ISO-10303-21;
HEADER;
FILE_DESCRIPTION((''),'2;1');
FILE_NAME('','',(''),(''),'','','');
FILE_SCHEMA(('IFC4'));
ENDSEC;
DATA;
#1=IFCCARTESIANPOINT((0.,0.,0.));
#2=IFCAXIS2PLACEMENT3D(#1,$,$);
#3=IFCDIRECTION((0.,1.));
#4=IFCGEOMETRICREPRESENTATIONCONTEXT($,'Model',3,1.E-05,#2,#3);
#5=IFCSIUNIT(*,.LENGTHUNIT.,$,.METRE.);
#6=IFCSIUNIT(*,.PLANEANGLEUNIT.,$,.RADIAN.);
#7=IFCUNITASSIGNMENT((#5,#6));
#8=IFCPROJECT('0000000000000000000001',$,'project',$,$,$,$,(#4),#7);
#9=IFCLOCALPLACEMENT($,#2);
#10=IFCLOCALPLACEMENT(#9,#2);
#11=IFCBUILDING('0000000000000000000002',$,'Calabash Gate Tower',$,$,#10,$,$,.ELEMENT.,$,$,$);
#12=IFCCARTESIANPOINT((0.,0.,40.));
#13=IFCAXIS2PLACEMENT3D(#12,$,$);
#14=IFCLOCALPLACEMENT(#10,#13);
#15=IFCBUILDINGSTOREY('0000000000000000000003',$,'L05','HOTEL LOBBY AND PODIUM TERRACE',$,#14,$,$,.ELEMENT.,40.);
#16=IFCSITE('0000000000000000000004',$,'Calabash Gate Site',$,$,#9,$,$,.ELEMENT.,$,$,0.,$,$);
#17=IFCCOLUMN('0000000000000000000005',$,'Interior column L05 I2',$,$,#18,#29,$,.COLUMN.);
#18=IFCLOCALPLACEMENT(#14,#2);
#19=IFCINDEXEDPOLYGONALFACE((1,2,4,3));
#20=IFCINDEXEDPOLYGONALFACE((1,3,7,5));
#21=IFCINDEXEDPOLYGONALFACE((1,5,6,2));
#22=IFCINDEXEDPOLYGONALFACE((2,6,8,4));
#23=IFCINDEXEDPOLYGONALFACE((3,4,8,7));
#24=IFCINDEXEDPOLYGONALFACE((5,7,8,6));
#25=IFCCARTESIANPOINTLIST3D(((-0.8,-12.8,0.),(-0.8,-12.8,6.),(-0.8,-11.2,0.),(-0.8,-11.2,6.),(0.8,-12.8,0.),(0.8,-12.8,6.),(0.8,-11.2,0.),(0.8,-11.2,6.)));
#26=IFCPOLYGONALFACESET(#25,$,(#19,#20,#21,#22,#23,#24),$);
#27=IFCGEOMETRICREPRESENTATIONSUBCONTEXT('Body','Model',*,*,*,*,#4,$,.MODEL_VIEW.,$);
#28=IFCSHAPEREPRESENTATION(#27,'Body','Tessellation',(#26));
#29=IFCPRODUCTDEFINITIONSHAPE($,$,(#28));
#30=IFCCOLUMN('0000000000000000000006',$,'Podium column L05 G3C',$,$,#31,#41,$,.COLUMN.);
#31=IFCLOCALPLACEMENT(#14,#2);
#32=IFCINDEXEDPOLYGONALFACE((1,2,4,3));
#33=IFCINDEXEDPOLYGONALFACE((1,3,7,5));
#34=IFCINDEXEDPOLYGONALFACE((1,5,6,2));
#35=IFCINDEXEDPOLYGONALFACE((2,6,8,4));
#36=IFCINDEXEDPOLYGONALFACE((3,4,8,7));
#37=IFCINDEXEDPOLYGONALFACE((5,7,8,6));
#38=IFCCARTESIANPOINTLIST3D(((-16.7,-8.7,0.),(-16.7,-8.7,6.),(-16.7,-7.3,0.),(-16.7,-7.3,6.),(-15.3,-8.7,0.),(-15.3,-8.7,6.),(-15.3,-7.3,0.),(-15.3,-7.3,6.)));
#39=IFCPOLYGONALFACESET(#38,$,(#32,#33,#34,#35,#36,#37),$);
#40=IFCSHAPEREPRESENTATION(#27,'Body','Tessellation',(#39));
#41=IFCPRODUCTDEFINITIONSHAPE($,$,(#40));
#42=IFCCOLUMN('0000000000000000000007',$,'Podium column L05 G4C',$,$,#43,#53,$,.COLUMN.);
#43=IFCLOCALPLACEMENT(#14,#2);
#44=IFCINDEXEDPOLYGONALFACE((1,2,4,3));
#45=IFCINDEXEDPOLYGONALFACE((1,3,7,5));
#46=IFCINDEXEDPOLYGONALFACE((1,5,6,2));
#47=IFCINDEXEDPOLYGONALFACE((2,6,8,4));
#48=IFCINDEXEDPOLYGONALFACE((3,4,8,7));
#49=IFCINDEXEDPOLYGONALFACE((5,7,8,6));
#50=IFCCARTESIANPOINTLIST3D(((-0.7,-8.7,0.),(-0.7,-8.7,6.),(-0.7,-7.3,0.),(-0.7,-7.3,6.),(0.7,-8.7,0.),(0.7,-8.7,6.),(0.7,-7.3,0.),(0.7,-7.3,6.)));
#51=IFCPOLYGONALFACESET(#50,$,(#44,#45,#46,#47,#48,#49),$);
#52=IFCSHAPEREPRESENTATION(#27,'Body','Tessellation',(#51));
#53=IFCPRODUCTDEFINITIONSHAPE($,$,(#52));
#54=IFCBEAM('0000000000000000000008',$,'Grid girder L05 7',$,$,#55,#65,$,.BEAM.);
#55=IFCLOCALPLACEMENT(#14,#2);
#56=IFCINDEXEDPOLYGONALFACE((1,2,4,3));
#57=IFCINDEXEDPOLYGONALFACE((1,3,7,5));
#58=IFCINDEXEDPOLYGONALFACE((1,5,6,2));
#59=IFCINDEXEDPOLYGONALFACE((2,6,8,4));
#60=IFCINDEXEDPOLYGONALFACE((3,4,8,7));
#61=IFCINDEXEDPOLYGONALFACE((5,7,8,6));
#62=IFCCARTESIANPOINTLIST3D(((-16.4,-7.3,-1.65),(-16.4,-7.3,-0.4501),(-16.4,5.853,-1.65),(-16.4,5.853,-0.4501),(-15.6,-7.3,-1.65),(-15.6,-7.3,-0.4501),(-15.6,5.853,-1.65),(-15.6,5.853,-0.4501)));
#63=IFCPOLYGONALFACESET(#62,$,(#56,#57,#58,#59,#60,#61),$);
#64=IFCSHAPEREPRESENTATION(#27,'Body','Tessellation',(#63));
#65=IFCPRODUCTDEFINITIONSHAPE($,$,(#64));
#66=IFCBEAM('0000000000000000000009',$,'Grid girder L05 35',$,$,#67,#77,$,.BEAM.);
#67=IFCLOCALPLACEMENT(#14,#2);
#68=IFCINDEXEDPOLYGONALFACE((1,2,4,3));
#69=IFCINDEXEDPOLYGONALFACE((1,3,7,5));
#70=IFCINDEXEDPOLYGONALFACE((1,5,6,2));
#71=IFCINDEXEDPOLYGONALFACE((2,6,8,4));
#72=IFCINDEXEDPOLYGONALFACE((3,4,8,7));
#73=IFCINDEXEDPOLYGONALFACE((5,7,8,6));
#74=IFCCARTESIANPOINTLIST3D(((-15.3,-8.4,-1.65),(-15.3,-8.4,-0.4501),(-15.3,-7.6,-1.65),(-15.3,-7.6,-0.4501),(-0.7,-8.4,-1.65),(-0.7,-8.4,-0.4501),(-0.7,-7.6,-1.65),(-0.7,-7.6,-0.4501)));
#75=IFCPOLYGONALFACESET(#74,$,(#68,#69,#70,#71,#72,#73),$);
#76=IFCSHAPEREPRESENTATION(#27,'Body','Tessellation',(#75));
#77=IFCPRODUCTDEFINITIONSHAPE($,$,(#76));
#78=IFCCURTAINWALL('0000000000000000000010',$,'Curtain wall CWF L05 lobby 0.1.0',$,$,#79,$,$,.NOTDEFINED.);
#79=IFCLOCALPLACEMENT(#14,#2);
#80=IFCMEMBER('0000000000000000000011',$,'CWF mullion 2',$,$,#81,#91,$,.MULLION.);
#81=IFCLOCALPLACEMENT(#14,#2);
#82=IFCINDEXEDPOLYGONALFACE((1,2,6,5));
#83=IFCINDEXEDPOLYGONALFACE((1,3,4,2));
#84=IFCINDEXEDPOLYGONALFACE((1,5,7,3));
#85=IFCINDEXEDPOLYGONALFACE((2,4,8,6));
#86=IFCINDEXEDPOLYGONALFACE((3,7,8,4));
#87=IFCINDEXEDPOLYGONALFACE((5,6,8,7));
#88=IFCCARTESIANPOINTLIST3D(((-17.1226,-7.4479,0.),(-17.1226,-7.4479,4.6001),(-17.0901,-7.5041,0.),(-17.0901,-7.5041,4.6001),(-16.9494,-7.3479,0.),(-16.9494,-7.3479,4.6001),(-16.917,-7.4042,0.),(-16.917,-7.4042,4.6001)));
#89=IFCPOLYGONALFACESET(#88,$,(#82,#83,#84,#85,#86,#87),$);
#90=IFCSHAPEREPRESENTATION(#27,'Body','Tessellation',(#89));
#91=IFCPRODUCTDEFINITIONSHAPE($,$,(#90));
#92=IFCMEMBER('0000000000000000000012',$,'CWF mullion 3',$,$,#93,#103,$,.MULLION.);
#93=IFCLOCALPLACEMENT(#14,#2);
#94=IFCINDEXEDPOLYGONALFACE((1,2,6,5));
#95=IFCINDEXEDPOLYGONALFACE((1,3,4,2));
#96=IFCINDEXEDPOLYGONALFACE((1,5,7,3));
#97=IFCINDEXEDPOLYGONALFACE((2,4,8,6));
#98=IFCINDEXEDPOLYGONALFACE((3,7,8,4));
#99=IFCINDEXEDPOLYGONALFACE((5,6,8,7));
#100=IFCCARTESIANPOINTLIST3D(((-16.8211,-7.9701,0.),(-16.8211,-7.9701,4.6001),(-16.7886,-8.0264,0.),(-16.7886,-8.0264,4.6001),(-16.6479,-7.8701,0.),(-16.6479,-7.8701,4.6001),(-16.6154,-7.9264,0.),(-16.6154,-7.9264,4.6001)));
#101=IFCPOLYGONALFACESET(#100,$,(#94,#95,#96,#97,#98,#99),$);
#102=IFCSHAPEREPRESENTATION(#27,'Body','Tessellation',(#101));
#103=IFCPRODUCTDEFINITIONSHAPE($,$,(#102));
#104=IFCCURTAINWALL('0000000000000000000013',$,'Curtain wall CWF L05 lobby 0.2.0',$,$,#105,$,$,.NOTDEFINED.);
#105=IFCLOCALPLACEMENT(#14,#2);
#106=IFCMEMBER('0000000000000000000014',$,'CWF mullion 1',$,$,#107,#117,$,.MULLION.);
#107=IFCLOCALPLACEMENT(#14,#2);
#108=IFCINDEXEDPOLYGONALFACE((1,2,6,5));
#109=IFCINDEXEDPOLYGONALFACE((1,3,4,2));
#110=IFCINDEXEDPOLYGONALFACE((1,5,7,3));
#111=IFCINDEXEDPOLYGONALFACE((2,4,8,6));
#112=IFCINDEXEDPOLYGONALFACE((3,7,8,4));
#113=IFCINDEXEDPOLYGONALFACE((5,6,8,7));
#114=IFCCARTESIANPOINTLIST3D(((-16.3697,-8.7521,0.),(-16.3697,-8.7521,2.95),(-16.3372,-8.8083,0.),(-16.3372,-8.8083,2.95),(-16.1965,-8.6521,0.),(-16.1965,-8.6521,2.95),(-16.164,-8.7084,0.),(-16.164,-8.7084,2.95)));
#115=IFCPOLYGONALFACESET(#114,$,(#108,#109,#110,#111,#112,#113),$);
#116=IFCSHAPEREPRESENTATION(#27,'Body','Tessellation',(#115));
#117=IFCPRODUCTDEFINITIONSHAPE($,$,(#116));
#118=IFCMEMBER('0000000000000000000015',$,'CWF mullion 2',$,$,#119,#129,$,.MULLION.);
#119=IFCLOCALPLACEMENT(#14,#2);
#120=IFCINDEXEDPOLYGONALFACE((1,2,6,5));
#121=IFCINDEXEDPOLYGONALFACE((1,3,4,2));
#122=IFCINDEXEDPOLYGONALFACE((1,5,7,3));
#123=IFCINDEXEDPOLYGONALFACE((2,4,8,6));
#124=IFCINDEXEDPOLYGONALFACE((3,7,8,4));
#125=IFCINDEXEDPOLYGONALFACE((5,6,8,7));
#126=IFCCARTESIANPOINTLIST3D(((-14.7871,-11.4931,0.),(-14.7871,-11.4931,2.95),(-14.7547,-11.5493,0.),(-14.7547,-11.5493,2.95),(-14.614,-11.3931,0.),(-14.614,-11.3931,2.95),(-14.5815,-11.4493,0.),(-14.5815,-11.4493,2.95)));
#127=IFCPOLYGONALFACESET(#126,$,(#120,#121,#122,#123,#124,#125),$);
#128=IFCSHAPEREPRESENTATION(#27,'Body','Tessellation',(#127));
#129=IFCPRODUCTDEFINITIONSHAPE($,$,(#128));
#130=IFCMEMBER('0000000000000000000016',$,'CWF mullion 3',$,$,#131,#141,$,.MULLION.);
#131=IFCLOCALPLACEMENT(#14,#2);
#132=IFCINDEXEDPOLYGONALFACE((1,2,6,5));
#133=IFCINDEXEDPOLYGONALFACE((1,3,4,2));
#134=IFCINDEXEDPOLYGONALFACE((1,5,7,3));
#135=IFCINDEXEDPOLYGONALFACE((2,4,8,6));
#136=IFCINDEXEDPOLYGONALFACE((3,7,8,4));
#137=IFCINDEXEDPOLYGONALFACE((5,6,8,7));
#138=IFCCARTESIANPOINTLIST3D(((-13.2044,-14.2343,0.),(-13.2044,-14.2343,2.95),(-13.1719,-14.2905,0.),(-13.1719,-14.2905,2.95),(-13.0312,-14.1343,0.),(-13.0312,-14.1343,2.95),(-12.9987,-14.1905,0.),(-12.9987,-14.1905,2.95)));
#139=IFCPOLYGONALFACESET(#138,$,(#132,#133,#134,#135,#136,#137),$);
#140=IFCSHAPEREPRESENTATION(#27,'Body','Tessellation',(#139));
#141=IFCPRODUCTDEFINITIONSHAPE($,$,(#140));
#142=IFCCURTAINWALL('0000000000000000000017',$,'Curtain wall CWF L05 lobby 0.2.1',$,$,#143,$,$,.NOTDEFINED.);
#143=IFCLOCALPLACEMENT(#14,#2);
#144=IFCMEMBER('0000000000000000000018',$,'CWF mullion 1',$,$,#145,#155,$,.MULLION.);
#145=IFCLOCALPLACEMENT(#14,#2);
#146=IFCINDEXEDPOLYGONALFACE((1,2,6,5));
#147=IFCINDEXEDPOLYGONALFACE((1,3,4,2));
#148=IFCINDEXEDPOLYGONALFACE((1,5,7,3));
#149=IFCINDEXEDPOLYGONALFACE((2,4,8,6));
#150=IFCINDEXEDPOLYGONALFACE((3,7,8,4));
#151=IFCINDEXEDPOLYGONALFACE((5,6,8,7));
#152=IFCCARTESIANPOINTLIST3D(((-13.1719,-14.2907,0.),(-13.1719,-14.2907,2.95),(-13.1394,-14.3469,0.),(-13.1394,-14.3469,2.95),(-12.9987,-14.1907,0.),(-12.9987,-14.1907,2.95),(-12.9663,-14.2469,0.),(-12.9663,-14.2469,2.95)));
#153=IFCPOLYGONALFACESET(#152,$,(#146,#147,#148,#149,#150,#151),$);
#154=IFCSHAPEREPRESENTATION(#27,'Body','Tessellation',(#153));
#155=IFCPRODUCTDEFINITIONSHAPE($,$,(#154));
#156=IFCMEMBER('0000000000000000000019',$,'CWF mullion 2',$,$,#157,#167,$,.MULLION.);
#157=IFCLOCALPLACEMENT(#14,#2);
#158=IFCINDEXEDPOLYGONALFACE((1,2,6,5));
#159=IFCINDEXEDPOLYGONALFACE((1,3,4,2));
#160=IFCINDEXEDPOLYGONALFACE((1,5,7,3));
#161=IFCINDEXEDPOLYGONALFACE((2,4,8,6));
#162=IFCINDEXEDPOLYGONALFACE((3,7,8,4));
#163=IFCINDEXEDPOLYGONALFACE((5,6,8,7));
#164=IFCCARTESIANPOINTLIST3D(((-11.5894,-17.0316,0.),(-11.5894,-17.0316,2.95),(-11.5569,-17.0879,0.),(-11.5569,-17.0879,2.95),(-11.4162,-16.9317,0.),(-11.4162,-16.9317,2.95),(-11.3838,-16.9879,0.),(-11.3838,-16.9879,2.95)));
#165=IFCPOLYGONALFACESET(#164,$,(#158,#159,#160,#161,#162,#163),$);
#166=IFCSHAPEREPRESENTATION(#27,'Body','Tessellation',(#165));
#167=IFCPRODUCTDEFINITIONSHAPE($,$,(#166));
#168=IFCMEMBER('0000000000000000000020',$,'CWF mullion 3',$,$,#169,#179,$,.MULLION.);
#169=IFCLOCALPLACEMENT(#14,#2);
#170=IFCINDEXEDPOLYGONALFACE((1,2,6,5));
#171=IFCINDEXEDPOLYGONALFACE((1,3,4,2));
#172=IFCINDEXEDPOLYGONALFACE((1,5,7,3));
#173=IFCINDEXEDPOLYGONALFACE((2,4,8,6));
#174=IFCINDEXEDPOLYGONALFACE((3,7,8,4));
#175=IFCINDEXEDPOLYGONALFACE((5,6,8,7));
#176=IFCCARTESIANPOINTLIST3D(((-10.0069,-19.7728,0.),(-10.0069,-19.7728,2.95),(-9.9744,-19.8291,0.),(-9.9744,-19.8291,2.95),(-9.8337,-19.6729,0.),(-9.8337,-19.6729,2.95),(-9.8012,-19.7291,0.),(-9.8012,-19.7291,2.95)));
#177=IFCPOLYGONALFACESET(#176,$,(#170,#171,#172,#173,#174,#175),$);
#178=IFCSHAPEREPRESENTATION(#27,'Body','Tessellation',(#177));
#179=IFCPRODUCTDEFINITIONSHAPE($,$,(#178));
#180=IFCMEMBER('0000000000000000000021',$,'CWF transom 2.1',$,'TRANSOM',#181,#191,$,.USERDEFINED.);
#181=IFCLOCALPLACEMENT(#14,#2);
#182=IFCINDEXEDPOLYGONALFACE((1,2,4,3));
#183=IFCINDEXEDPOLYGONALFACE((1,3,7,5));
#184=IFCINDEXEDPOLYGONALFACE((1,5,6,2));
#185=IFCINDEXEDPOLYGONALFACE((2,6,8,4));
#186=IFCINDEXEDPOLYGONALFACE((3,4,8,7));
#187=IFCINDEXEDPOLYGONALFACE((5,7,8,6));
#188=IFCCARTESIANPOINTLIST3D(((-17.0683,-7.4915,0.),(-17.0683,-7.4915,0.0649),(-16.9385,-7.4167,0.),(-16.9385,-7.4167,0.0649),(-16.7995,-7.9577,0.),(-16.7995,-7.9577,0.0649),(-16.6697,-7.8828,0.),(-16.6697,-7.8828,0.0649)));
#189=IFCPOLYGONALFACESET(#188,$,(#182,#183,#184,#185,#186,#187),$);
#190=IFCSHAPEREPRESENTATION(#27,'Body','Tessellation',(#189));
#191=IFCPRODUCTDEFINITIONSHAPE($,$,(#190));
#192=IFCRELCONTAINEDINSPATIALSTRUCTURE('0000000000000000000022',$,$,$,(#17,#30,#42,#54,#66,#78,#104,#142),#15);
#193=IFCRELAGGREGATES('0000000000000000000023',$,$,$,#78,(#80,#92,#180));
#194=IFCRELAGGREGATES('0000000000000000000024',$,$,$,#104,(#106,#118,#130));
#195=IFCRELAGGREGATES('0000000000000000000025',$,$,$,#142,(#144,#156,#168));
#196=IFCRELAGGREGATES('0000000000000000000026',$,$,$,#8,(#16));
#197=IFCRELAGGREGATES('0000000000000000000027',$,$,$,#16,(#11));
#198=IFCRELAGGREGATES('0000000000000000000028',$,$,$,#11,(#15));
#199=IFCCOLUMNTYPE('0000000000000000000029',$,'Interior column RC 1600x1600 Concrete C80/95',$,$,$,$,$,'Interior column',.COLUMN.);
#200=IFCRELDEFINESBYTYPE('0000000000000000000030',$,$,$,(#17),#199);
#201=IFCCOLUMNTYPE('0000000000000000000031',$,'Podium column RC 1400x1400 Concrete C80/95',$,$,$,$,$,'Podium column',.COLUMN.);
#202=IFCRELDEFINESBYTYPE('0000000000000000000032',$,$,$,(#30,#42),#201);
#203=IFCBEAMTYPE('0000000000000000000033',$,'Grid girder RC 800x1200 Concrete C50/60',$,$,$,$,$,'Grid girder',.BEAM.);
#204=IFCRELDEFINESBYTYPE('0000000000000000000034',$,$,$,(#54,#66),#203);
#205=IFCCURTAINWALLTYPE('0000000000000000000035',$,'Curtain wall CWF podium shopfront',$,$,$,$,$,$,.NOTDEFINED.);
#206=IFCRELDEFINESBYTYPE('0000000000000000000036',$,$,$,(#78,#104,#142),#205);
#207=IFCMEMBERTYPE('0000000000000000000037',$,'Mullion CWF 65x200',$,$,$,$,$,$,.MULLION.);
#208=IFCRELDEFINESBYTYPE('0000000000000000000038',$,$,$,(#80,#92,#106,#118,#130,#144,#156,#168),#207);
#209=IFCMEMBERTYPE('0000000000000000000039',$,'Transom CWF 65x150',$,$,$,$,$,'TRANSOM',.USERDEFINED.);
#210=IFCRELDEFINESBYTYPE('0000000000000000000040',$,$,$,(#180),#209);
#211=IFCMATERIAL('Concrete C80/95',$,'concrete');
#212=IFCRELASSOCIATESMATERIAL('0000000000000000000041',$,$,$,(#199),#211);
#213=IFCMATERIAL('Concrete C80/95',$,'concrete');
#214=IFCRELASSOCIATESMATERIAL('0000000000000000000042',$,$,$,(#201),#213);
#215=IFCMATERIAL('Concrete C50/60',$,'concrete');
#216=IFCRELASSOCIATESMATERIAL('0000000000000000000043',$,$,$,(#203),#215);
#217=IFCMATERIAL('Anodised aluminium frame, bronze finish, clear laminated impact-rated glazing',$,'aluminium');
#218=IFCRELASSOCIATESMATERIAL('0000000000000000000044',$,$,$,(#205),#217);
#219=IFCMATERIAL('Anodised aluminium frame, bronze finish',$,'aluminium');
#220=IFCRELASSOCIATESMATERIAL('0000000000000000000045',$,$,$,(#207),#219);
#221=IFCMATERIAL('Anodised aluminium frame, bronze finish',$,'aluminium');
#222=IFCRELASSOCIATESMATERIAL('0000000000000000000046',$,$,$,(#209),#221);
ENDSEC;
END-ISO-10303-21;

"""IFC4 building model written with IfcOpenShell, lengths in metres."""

from ifc_helpers import new_model, si_unit, direction, frame, origin, origin_2d, place, context, subcontext, project, spatial, rectangle, extrude, material, material_profile, profile_set, type_object, element, aggregate, save


model = new_model("IFC4")

# Units and contexts
model_context = context("Model", 3, precision=1e-05, world=origin(), true_north=direction((0.0, 1.0)))
body_context = subcontext(model_context, "Body", "Model", "MODEL_VIEW")
ifc_project = project(units=[si_unit("LENGTHUNIT", "METRE"), si_unit("PLANEANGLEUNIT", "RADIAN")], contexts=[model_context])

# Site, building, storey
site_placement = place(None, origin())
site = spatial("IfcSite", under=ifc_project, at=site_placement, Name="Calabash Gate Site", CompositionType="ELEMENT", RefElevation=0.0)
building_placement = place(site_placement, origin())
building = spatial("IfcBuilding", under=site, at=building_placement, Name="Calabash Gate Tower", CompositionType="ELEMENT")
storey_placement = place(building_placement, frame((0.0, 0.0, 40.0)))
storey = spatial("IfcBuildingStorey", under=building, at=storey_placement, Name="L05", Description="HOTEL LOBBY AND PODIUM TERRACE", CompositionType="ELEMENT", Elevation=40.0)

# Columns
ifc_material_1 = material(Name="Concrete C80/95", Category="concrete")
ifc_material_profile_1 = material_profile(ifc_material_1, rectangle(XDim=1.6001, YDim=1.6001, at=origin_2d()))
ifc_profile_set_1 = profile_set([ifc_material_profile_1], Name="Concrete C80/95")
column_type_1 = type_object("IfcColumnType", Name="Interior column RC 1600x1600 Concrete C80/95", ElementType="Interior column", PredefinedType="COLUMN", material=ifc_profile_set_1)
column_placement = place(storey_placement, frame((0.0, -12.0, 0.0), z_axis=(0.0, 0.0, 1.0), x_axis=(1.0, 0.0, 0.0)))
element("IfcColumn", 1, at=column_placement, inside=storey, type_object=column_type_1, Name="Interior column L05 I2", PredefinedType="COLUMN", context=body_context, shape_type="SweptSolid", body=[
    extrude(rectangle(XDim=1.6001, YDim=1.6001, at=origin_2d()), origin(), (0.0, 0.0, 1.0), 6.0),
])
ifc_material_2 = material(Name="Concrete C80/95", Category="concrete")
ifc_material_profile_2 = material_profile(ifc_material_2, rectangle(XDim=1.3999, YDim=1.3999, at=origin_2d()))
ifc_profile_set_2 = profile_set([ifc_material_profile_2], Name="Concrete C80/95")
column_type_2 = type_object("IfcColumnType", Name="Podium column RC 1400x1400 Concrete C80/95", ElementType="Podium column", PredefinedType="COLUMN", material=ifc_profile_set_2)
for number, where, z_axis, x_axis, name in (
    (2, (-16.0, -8.0, 0.0), (0.0, 0.0, 1.0), (1.0, 0.0, 0.0), "Podium column L05 G3C"),
    (3, (0.0, -8.0, 0.0), (0.0, 0.0, 1.0), (1.0, 0.0, 0.0), "Podium column L05 G4C"),
):
    element("IfcColumn", number, at=place(storey_placement, frame(where, z_axis=z_axis, x_axis=x_axis)), inside=storey, type_object=column_type_2, Name=name, PredefinedType="COLUMN", context=body_context, shape_type="SweptSolid", body=[
        extrude(rectangle(XDim=1.3999, YDim=1.3999, at=origin_2d()), origin(), (0.0, 0.0, 1.0), 6.0),
    ])

# Beams
ifc_material_3 = material(Name="Concrete C50/60", Category="concrete")
ifc_material_profile_3 = material_profile(ifc_material_3, rectangle(XDim=0.8, YDim=1.2, at=origin_2d()))
ifc_profile_set_3 = profile_set([ifc_material_profile_3], Name="Concrete C50/60")
beam_type = type_object("IfcBeamType", Name="Grid girder RC 800x1200 Concrete C50/60", ElementType="Grid girder", PredefinedType="BEAM", material=ifc_profile_set_3)
beam_1_placement = place(storey_placement, frame((-16.0, -7.3, -1.05), z_axis=(0.0, 1.0, 0.0), x_axis=(-1.0, 0.0, 0.0)))
element("IfcBeam", 4, at=beam_1_placement, inside=storey, type_object=beam_type, Name="Grid girder L05 7", PredefinedType="BEAM", context=body_context, shape_type="SweptSolid", body=[
    extrude(rectangle(XDim=0.8, YDim=1.2, at=origin_2d()), origin(), (0.0, 0.0, 1.0), 13.1531),
])
beam_2_placement = place(storey_placement, frame((-15.3, -8.0, -1.05), z_axis=(1.0, 0.0, 0.0), x_axis=(0.0, 1.0, 0.0)))
element("IfcBeam", 5, at=beam_2_placement, inside=storey, type_object=beam_type, Name="Grid girder L05 35", PredefinedType="BEAM", context=body_context, shape_type="SweptSolid", body=[
    extrude(rectangle(XDim=0.8, YDim=1.2, at=origin_2d()), origin(), (0.0, 0.0, 1.0), 14.6001),
])

# Curtain walls, members
ifc_material_4 = material(Name="Anodised aluminium frame, bronze finish, clear laminated impact-rated glazing", Category="aluminium")
curtain_wall_type = type_object("IfcCurtainWallType", Name="Curtain wall CWF podium shopfront", PredefinedType="NOTDEFINED", material=ifc_material_4)
curtain_wall_1_placement = place(storey_placement, origin())
curtain_wall_1 = element("IfcCurtainWall", 6, at=curtain_wall_1_placement, inside=storey, type_object=curtain_wall_type, Name="Curtain wall CWF L05 lobby 0.1.0", PredefinedType="NOTDEFINED")
ifc_material_5 = material(Name="Anodised aluminium frame, bronze finish", Category="aluminium")
ifc_material_profile_4 = material_profile(ifc_material_5, rectangle(XDim=0.2, YDim=0.0649, at=origin_2d()))
ifc_profile_set_4 = profile_set([ifc_material_profile_4], Name="Anodised aluminium frame, bronze finish")
member_type_1 = type_object("IfcMemberType", Name="Mullion CWF 65x200", PredefinedType="MULLION", material=ifc_profile_set_4)
member_1_placement = place(storey_placement, frame((-17.0198, -7.426, 0.0), z_axis=(0.0, 0.0, 1.0), x_axis=(0.866025, 0.5, 0.0)))
member_1 = element("IfcMember", 7, at=member_1_placement, type_object=member_type_1, Name="CWF mullion 2", PredefinedType="MULLION", context=body_context, shape_type="SweptSolid", body=[
    extrude(rectangle(XDim=0.2, YDim=0.0649, at=origin_2d()), origin(), (0.0, 0.0, 1.0), 4.6001),
])
member_2_placement = place(storey_placement, frame((-16.7183, -7.9482, 0.0), z_axis=(0.0, 0.0, 1.0), x_axis=(0.866025, 0.5, 0.0)))
member_2 = element("IfcMember", 8, at=member_2_placement, type_object=member_type_1, Name="CWF mullion 3", PredefinedType="MULLION", context=body_context, shape_type="SweptSolid", body=[
    extrude(rectangle(XDim=0.2, YDim=0.0649, at=origin_2d()), origin(), (0.0, 0.0, 1.0), 4.6001),
])
curtain_wall_2_placement = place(storey_placement, origin())
curtain_wall_2 = element("IfcCurtainWall", 9, at=curtain_wall_2_placement, inside=storey, type_object=curtain_wall_type, Name="Curtain wall CWF L05 lobby 0.2.0", PredefinedType="NOTDEFINED")
member_3_placement = place(storey_placement, frame((-16.2668, -8.7302, 0.0), z_axis=(0.0, 0.0, 1.0), x_axis=(0.866025, 0.5, 0.0)))
member_3 = element("IfcMember", 10, at=member_3_placement, type_object=member_type_1, Name="CWF mullion 1", PredefinedType="MULLION", context=body_context, shape_type="SweptSolid", body=[
    extrude(rectangle(XDim=0.2, YDim=0.0649, at=origin_2d()), origin(), (0.0, 0.0, 1.0), 2.95),
])
member_4_placement = place(storey_placement, frame((-14.6843, -11.4712, 0.0), z_axis=(0.0, 0.0, 1.0), x_axis=(0.866025, 0.5, 0.0)))
member_4 = element("IfcMember", 11, at=member_4_placement, type_object=member_type_1, Name="CWF mullion 2", PredefinedType="MULLION", context=body_context, shape_type="SweptSolid", body=[
    extrude(rectangle(XDim=0.2, YDim=0.0649, at=origin_2d()), origin(), (0.0, 0.0, 1.0), 2.95),
])
member_5_placement = place(storey_placement, frame((-13.1016, -14.2124, 0.0), z_axis=(0.0, 0.0, 1.0), x_axis=(0.866025, 0.5, 0.0)))
member_5 = element("IfcMember", 12, at=member_5_placement, type_object=member_type_1, Name="CWF mullion 3", PredefinedType="MULLION", context=body_context, shape_type="SweptSolid", body=[
    extrude(rectangle(XDim=0.2, YDim=0.0649, at=origin_2d()), origin(), (0.0, 0.0, 1.0), 2.95),
])
curtain_wall_3_placement = place(storey_placement, origin())
curtain_wall_3 = element("IfcCurtainWall", 13, at=curtain_wall_3_placement, inside=storey, type_object=curtain_wall_type, Name="Curtain wall CWF L05 lobby 0.2.1", PredefinedType="NOTDEFINED")
member_6_placement = place(storey_placement, frame((-13.0691, -14.2688, 0.0), z_axis=(0.0, 0.0, 1.0), x_axis=(0.866025, 0.5, 0.0)))
member_6 = element("IfcMember", 14, at=member_6_placement, type_object=member_type_1, Name="CWF mullion 1", PredefinedType="MULLION", context=body_context, shape_type="SweptSolid", body=[
    extrude(rectangle(XDim=0.2, YDim=0.0649, at=origin_2d()), origin(), (0.0, 0.0, 1.0), 2.95),
])
member_7_placement = place(storey_placement, frame((-11.4866, -17.0098, 0.0), z_axis=(0.0, 0.0, 1.0), x_axis=(0.866025, 0.5, 0.0)))
member_7 = element("IfcMember", 15, at=member_7_placement, type_object=member_type_1, Name="CWF mullion 2", PredefinedType="MULLION", context=body_context, shape_type="SweptSolid", body=[
    extrude(rectangle(XDim=0.2, YDim=0.0649, at=origin_2d()), origin(), (0.0, 0.0, 1.0), 2.95),
])
member_8_placement = place(storey_placement, frame((-9.9041, -19.751, 0.0), z_axis=(0.0, 0.0, 1.0), x_axis=(0.866025, 0.5, 0.0)))
member_8 = element("IfcMember", 16, at=member_8_placement, type_object=member_type_1, Name="CWF mullion 3", PredefinedType="MULLION", context=body_context, shape_type="SweptSolid", body=[
    extrude(rectangle(XDim=0.2, YDim=0.0649, at=origin_2d()), origin(), (0.0, 0.0, 1.0), 2.95),
])

# Member
ifc_material_6 = material(Name="Anodised aluminium frame, bronze finish", Category="aluminium")
ifc_material_profile_5 = material_profile(ifc_material_6, rectangle(XDim=0.1499, YDim=0.0649, at=origin_2d()))
ifc_profile_set_5 = profile_set([ifc_material_profile_5], Name="Anodised aluminium frame, bronze finish")
member_type_2 = type_object("IfcMemberType", Name="Transom CWF 65x150", ElementType="TRANSOM", PredefinedType="USERDEFINED", material=ifc_profile_set_5)
member_9_placement = place(storey_placement, frame((-17.0034, -7.4541, 0.0325), z_axis=(0.499605, -0.866254, 0.0), x_axis=(0.866254, 0.499605, 0.0)))
member_9 = element("IfcMember", 17, at=member_9_placement, type_object=member_type_2, Name="CWF transom 2.1", ObjectType="TRANSOM", PredefinedType="USERDEFINED", context=body_context, shape_type="SweptSolid", body=[
    extrude(rectangle(XDim=0.1499, YDim=0.0649, at=origin_2d()), origin(), (0.0, 0.0, 1.0), 0.5381),
])

aggregate(curtain_wall_1, [member_1, member_2, member_9])
aggregate(curtain_wall_2, [member_3, member_4, member_5])
aggregate(curtain_wall_3, [member_6, member_7, member_8])

save(model, "model.ifc")
